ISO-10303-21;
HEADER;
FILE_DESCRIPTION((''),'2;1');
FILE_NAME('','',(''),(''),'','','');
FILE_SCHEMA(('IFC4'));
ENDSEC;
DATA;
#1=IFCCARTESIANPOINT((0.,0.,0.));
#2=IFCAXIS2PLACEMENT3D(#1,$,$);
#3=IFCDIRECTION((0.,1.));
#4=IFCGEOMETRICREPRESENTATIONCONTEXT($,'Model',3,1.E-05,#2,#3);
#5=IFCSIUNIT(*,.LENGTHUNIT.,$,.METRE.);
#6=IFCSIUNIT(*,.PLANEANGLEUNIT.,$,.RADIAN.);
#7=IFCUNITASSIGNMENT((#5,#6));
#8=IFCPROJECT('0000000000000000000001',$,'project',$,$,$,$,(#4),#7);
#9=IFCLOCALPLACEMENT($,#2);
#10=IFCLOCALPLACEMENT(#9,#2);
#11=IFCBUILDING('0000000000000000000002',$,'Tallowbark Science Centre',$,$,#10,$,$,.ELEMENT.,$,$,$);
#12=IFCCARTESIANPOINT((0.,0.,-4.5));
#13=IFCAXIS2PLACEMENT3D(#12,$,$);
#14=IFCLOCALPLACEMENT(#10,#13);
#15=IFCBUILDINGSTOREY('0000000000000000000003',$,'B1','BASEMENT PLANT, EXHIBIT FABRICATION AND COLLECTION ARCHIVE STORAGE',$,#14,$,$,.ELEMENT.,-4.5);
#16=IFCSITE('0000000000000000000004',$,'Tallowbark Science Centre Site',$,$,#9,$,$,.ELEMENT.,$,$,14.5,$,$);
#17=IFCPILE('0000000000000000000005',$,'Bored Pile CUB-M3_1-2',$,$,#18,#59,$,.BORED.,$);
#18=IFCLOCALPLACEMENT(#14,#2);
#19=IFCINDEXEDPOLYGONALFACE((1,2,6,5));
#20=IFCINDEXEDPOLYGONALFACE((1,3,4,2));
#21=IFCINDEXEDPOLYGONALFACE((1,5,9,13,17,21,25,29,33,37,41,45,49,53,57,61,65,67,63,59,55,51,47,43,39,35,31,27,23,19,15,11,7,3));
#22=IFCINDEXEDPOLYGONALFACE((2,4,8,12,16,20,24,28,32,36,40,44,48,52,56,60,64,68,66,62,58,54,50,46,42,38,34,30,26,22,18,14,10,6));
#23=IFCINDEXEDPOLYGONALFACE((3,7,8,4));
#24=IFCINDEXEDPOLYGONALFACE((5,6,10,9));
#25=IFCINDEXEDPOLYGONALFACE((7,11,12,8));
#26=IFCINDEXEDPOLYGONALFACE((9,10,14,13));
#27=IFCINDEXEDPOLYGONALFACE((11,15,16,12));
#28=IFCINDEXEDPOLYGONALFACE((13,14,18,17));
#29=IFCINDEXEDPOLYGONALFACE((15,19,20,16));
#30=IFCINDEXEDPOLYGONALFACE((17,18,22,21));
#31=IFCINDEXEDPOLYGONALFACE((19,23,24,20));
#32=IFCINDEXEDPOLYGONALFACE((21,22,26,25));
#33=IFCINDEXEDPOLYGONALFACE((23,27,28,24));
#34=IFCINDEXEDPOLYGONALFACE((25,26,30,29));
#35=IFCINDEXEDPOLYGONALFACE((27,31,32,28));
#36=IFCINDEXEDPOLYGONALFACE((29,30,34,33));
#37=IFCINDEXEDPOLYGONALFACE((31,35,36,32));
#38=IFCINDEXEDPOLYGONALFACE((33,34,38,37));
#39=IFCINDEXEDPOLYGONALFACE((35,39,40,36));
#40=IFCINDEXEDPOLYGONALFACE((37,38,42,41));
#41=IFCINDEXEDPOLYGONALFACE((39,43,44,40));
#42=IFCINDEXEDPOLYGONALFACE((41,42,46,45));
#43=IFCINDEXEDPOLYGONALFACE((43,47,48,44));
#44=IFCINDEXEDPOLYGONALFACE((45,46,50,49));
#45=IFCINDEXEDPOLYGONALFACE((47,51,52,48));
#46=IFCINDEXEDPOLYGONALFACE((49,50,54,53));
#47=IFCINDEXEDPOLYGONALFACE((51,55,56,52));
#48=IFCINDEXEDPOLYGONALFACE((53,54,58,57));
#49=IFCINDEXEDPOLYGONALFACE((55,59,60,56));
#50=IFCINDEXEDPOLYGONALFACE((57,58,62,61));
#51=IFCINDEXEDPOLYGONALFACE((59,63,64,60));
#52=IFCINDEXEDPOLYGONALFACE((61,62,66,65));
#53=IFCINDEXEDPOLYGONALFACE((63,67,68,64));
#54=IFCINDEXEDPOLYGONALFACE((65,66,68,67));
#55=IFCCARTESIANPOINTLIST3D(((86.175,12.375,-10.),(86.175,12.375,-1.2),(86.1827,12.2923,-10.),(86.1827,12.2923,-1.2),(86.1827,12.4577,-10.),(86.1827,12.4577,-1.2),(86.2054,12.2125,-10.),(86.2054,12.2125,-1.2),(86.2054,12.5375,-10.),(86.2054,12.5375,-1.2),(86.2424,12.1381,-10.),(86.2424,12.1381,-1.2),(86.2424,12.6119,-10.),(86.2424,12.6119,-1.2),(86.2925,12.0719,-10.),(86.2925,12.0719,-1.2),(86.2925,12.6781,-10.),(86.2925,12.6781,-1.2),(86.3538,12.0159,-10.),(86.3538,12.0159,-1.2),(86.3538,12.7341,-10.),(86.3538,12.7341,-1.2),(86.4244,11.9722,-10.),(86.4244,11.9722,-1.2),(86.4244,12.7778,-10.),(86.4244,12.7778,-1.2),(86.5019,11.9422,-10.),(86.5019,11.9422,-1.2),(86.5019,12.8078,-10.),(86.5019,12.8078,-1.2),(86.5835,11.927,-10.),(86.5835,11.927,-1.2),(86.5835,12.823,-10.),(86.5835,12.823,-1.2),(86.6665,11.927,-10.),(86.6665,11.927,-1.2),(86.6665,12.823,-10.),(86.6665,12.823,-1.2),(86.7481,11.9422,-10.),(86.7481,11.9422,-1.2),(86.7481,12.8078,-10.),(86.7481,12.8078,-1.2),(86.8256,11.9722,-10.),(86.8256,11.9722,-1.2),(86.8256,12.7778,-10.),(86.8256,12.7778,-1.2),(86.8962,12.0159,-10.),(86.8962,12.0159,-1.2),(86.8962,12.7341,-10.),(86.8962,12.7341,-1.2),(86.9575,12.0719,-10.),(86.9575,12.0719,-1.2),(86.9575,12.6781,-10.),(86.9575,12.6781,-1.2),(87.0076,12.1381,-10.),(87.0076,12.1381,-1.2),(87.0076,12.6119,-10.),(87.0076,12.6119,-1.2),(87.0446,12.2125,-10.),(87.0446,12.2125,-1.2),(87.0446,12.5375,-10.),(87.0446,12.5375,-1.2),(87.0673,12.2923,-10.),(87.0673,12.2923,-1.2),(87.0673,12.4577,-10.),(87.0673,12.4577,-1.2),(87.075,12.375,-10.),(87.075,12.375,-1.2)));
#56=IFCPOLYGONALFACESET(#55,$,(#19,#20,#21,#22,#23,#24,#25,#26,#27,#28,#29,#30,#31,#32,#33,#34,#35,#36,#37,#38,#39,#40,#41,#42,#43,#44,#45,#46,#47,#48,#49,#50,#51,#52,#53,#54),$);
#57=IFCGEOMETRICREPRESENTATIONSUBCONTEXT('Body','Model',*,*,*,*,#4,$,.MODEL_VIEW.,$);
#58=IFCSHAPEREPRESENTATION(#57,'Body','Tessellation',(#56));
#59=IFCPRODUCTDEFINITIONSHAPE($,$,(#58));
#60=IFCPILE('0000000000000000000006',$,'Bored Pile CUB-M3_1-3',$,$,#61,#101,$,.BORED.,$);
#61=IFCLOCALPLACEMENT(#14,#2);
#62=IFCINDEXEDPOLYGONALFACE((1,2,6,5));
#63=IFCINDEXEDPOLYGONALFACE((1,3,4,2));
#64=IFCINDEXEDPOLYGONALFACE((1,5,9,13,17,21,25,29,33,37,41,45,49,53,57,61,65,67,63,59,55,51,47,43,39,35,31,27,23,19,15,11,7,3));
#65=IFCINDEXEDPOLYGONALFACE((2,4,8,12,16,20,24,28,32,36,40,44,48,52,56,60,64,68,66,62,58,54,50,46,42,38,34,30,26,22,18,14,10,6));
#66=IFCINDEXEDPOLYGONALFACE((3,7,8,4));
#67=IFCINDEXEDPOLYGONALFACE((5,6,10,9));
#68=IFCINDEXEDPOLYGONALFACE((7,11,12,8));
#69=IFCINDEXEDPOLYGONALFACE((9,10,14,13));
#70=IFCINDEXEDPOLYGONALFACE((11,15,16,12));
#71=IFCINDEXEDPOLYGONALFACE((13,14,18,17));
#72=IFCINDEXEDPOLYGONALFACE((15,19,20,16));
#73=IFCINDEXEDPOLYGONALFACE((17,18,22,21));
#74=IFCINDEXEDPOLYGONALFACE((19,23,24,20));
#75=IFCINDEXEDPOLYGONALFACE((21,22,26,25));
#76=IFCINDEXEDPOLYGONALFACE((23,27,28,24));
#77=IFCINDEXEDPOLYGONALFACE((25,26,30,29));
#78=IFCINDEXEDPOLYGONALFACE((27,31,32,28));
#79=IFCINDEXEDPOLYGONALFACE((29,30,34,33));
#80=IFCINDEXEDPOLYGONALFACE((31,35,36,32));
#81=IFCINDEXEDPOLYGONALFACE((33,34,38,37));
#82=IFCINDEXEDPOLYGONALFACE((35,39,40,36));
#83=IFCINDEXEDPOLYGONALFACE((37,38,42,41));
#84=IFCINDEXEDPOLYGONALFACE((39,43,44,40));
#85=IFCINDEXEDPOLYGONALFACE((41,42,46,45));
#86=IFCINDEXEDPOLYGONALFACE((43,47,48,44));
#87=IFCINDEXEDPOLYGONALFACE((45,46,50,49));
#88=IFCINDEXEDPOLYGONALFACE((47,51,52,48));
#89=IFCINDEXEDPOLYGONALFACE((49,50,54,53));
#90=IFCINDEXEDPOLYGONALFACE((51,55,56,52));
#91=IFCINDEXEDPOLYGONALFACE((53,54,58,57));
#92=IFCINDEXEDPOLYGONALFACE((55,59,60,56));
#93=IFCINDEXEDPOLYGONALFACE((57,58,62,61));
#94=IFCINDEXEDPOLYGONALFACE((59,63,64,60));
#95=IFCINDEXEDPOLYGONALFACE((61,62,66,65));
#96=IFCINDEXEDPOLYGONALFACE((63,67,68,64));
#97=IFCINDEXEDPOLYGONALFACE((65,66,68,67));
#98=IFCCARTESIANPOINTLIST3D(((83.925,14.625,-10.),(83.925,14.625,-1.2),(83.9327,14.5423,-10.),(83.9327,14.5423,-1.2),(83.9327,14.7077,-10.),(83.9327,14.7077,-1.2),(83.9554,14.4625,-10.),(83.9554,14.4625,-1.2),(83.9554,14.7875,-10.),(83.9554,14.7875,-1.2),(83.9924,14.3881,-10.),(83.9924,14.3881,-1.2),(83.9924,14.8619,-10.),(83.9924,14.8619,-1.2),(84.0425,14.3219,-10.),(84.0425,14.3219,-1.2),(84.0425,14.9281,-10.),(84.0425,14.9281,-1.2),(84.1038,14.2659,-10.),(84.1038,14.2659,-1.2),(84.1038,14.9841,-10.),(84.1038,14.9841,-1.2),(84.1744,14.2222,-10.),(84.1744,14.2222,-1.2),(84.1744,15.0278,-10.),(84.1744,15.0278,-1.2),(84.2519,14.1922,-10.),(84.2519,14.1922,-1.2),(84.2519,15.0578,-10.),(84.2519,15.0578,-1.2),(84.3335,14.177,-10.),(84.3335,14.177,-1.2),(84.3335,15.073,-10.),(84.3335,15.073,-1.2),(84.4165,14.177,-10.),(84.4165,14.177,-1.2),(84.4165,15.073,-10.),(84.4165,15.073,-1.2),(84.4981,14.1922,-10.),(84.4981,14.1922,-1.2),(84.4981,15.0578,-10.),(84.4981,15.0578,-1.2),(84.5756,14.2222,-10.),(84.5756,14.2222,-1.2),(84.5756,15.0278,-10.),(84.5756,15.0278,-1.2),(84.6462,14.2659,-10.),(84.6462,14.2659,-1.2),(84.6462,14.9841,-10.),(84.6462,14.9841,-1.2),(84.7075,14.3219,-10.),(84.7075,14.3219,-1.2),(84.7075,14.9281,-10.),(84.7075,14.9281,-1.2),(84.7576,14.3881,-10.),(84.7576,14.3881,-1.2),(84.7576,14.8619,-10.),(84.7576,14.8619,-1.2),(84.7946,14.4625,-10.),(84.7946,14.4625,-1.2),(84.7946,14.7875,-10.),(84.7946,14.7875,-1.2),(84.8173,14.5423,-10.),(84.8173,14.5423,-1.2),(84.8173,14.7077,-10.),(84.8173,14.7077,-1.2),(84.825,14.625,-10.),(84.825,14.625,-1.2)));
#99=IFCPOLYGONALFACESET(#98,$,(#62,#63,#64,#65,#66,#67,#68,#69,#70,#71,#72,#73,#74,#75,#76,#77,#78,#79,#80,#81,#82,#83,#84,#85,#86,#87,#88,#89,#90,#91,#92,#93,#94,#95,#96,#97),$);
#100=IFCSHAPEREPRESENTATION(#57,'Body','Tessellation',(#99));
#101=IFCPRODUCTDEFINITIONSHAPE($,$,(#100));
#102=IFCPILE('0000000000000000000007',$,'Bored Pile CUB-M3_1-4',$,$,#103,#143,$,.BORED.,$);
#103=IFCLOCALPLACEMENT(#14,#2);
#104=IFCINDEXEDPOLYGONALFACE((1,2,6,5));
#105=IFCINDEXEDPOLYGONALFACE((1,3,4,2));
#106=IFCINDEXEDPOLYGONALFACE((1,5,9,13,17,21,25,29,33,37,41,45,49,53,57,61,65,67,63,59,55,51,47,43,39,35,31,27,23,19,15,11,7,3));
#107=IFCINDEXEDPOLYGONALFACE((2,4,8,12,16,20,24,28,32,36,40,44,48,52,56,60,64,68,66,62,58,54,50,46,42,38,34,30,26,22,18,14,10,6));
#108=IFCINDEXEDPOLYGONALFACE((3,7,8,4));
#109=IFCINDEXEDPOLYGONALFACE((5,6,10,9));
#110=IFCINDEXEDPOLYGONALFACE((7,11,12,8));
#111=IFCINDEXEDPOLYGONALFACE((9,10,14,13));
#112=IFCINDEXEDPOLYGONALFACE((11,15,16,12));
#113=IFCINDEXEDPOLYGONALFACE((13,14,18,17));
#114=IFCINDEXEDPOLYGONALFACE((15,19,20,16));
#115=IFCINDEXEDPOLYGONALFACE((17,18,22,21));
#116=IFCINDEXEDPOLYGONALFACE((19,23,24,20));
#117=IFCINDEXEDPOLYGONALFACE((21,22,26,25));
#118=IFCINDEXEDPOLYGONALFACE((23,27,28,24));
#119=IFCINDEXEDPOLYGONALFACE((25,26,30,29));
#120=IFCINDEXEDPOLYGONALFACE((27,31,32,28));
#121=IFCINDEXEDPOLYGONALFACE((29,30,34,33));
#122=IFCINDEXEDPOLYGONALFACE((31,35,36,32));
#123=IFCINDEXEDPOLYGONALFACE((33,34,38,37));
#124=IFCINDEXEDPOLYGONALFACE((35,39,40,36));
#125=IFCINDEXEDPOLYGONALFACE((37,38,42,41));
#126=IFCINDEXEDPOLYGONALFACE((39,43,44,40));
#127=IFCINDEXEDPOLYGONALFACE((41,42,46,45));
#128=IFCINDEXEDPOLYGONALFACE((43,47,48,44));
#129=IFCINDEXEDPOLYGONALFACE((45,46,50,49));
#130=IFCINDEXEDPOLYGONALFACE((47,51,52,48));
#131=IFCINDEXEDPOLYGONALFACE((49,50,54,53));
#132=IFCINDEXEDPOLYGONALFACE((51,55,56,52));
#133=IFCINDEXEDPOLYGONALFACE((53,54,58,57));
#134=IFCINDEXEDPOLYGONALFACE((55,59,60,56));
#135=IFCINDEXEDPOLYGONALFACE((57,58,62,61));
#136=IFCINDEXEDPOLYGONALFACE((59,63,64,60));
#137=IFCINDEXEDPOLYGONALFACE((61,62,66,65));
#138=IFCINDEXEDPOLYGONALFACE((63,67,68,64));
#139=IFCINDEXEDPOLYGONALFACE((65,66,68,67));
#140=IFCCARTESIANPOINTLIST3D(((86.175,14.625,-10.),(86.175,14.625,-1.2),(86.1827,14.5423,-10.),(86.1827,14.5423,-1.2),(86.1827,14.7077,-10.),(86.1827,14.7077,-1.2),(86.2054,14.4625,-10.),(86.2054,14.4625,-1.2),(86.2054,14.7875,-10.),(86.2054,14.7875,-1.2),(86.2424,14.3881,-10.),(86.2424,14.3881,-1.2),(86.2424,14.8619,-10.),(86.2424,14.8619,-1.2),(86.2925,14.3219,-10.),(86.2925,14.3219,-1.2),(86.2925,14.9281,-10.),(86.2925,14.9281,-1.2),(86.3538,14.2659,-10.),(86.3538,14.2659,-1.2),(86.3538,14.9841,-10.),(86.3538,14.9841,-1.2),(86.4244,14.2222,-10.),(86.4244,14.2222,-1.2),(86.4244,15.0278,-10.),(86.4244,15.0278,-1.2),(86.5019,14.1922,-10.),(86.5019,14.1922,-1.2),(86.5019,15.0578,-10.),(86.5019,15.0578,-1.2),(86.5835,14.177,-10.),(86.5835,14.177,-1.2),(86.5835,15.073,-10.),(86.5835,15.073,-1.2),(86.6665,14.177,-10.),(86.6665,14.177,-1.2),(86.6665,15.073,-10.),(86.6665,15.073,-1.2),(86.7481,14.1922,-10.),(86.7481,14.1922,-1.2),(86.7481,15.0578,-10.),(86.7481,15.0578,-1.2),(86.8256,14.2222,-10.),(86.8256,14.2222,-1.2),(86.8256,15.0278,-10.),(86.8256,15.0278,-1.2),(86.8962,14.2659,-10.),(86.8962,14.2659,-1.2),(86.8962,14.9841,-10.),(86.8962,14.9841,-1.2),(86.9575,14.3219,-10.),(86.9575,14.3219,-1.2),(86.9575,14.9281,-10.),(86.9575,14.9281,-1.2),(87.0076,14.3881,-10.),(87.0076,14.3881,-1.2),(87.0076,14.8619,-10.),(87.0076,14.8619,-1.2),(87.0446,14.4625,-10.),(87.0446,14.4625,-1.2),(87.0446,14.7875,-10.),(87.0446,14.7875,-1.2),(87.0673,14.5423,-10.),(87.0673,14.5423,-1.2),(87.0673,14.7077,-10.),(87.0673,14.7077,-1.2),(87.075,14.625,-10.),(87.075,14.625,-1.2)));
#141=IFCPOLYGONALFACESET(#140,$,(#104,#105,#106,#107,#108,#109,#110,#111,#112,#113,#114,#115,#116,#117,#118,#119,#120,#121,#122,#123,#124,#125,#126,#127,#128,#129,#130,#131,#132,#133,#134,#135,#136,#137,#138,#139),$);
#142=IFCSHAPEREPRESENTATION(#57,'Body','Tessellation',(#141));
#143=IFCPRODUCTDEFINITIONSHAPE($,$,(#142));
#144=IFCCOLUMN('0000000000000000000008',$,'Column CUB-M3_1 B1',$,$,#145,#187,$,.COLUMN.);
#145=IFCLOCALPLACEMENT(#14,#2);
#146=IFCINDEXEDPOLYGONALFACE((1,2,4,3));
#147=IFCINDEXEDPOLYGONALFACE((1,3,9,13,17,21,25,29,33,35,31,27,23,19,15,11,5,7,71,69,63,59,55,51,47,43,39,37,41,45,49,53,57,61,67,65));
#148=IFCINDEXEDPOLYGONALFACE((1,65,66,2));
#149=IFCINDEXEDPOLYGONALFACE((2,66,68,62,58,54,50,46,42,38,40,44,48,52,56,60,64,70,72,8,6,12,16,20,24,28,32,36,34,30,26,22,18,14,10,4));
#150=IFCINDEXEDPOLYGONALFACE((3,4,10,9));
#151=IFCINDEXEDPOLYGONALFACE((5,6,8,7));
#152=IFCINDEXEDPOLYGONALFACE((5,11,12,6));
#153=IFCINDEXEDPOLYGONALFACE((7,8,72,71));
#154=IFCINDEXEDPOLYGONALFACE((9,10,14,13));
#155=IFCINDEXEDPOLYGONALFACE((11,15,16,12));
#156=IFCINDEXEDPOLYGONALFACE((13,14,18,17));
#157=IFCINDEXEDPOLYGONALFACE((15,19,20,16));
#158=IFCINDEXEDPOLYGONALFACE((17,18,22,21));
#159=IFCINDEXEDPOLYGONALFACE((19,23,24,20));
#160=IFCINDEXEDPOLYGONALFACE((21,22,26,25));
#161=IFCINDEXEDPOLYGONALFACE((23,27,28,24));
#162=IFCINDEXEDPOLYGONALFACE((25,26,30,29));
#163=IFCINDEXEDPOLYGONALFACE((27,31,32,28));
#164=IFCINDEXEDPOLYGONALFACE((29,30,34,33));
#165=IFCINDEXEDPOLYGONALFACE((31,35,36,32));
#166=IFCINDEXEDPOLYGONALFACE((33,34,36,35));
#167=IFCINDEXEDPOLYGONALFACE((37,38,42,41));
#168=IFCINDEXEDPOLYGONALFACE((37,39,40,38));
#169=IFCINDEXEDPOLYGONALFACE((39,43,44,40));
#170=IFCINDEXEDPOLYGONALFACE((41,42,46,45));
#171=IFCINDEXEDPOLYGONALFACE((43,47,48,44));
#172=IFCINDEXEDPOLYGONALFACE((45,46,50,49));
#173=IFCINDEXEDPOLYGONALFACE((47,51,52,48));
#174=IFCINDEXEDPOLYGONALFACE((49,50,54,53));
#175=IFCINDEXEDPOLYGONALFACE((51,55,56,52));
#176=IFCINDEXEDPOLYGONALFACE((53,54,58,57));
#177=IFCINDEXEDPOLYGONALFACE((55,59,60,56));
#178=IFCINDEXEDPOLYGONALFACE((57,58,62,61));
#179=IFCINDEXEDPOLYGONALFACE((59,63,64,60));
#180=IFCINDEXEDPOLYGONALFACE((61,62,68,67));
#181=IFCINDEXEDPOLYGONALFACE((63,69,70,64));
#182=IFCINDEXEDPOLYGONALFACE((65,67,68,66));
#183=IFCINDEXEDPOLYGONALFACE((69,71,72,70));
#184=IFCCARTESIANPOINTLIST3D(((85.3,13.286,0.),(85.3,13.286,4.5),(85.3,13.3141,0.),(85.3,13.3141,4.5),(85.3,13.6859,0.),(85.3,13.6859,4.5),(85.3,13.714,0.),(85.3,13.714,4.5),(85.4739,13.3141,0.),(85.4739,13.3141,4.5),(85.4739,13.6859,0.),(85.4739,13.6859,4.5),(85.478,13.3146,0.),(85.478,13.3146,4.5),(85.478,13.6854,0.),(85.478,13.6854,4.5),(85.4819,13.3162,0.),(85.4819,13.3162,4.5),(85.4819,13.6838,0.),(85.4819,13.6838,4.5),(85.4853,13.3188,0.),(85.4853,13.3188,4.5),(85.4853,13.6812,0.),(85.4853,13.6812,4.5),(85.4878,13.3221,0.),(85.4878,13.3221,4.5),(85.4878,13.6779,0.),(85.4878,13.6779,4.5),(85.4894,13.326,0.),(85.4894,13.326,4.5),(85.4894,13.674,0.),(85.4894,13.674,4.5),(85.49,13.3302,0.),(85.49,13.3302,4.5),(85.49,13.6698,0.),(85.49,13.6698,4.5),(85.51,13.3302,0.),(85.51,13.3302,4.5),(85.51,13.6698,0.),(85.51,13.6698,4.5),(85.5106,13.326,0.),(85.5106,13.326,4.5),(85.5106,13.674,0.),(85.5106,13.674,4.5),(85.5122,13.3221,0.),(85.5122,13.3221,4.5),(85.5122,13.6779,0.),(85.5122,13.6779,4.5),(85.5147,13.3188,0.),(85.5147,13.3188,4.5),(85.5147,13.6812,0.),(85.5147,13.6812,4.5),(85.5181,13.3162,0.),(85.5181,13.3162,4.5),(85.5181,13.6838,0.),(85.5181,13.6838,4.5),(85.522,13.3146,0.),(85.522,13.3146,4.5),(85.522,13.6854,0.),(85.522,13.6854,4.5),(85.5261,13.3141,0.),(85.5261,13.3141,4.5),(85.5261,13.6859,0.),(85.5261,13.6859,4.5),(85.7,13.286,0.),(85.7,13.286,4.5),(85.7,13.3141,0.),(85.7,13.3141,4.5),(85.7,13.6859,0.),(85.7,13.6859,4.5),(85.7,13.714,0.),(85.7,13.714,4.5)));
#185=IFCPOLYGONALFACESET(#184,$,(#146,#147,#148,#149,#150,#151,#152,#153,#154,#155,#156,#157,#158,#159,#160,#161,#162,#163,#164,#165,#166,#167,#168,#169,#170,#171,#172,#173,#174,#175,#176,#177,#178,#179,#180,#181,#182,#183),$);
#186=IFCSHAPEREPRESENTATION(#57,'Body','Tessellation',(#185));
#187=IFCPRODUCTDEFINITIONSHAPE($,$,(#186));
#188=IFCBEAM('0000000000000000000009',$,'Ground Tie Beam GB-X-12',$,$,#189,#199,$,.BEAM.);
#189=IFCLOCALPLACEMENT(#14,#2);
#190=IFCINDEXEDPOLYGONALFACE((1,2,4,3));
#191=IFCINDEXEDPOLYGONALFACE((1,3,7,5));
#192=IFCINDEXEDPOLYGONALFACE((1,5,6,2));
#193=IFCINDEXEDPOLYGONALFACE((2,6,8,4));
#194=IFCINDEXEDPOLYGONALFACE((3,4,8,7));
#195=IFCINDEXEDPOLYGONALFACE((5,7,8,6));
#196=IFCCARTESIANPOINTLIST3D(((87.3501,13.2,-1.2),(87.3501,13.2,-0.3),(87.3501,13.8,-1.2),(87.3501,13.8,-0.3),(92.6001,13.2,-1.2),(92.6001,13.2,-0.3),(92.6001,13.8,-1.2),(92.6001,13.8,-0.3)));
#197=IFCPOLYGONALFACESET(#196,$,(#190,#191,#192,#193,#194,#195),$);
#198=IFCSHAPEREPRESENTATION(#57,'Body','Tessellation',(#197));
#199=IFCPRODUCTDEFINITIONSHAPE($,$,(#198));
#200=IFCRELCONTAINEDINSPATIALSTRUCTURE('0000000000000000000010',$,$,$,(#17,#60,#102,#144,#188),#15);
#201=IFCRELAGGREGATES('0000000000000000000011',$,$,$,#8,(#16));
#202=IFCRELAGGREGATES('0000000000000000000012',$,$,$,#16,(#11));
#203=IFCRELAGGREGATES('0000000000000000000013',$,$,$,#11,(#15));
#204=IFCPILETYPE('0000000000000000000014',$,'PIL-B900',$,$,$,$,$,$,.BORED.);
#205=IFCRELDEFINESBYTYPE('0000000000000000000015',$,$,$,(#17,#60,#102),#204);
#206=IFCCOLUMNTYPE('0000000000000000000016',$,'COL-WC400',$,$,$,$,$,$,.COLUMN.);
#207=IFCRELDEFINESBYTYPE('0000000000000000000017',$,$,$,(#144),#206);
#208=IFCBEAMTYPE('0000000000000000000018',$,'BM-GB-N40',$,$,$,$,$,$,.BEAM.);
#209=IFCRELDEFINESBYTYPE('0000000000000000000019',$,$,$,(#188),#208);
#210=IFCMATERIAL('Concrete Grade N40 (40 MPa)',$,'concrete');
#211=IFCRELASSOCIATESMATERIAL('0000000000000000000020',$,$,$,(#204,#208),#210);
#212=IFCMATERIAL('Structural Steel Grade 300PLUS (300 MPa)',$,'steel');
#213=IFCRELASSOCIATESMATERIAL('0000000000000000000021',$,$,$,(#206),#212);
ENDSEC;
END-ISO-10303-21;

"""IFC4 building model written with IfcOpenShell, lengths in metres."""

from ifc_helpers import new_model, si_unit, direction, frame, origin, origin_2d, place, context, subcontext, project, spatial, rectangle, circle, i_section, extrude, material, material_profile, profile_set, type_object, element, save


model = new_model("IFC4")

# Units and contexts
model_context = context("Model", 3, precision=1e-05, world=origin(), true_north=direction((0.0, 1.0)))
body_context = subcontext(model_context, "Body", "Model", "MODEL_VIEW")
ifc_project = project(units=[si_unit("LENGTHUNIT", "METRE"), si_unit("PLANEANGLEUNIT", "RADIAN")], contexts=[model_context])

# Site, building, storey
site_placement = place(None, origin())
site = spatial("IfcSite", under=ifc_project, at=site_placement, Name="Tallowbark Science Centre Site", CompositionType="ELEMENT", RefElevation=14.5)
building_placement = place(site_placement, origin())
building = spatial("IfcBuilding", under=site, at=building_placement, Name="Tallowbark Science Centre", CompositionType="ELEMENT")
storey_placement = place(building_placement, frame((0.0, 0.0, -4.5)))
storey = spatial("IfcBuildingStorey", under=building, at=storey_placement, Name="B1", Description="BASEMENT PLANT, EXHIBIT FABRICATION AND COLLECTION ARCHIVE STORAGE", CompositionType="ELEMENT", Elevation=-4.5)

# Shared definitions
ifc_material_1 = material(Name="Concrete Grade N40 (40 MPa)", Category="concrete")

# Piles
ifc_material_profile_1 = material_profile(ifc_material_1, circle(Radius=0.45, at=origin_2d()), Name="PILE900")
ifc_profile_set_1 = profile_set([ifc_material_profile_1], Name="Concrete Grade N40 (40 MPa)")
pile_type_1 = type_object("IfcPileType", Name="PIL-B900", PredefinedType="BORED", material=ifc_profile_set_1)
for number, where, z_axis, x_axis, name in (
    (1, (86.625, 12.375, -1.2), (0.0, 0.0, -1.0), (1.0, 0.0, 0.0), "Bored Pile CUB-M3_1-2"),
    (2, (84.375, 14.625, -1.2), (0.0, 0.0, -1.0), (1.0, 0.0, 0.0), "Bored Pile CUB-M3_1-3"),
    (3, (86.625, 14.625, -1.2), (0.0, 0.0, -1.0), (1.0, 0.0, 0.0), "Bored Pile CUB-M3_1-4"),
):
    element("IfcPile", number, at=place(storey_placement, frame(where, z_axis=z_axis, x_axis=x_axis)), inside=storey, type_object=pile_type_1, Name=name, PredefinedType="BORED", context=body_context, shape_type="SweptSolid", body=[
        extrude(circle(Radius=0.45, at=origin_2d()), origin(), (0.0, 0.0, 1.0), 8.8),
    ])

# Column
ifc_material_2 = material(Name="Structural Steel Grade 300PLUS (300 MPa)", Category="steel")
ifc_material_profile_2 = material_profile(ifc_material_2, i_section(OverallWidth=0.3999, OverallDepth=0.428, WebThickness=0.02, FlangeThickness=0.0281, FilletRadius=0.0161, at=origin_2d()), Name="400WC270")
ifc_profile_set_2 = profile_set([ifc_material_profile_2], Name="Structural Steel Grade 300PLUS (300 MPa)")
column_type = type_object("IfcColumnType", Name="COL-WC400", PredefinedType="COLUMN", material=ifc_profile_set_2)
column_placement = place(storey_placement, frame((85.5, 13.5, 0.0), z_axis=(0.0, 0.0, 1.0), x_axis=(1.0, 0.0, 0.0)))
element("IfcColumn", 4, at=column_placement, inside=storey, type_object=column_type, Name="Column CUB-M3_1 B1", PredefinedType="COLUMN", context=body_context, shape_type="SweptSolid", body=[
    extrude(i_section(OverallWidth=0.3999, OverallDepth=0.428, WebThickness=0.02, FlangeThickness=0.0281, FilletRadius=0.0161, at=origin_2d()), origin(), (0.0, 0.0, 1.0), 4.5),
])

# Beam
ifc_material_profile_3 = material_profile(ifc_material_1, rectangle(XDim=0.6001, YDim=0.8999, at=origin_2d()), Name="RC600x900")
ifc_profile_set_3 = profile_set([ifc_material_profile_3], Name="Concrete Grade N40 (40 MPa)")
beam_type = type_object("IfcBeamType", Name="BM-GB-N40", PredefinedType="BEAM", material=ifc_profile_set_3)
beam_1_placement = place(storey_placement, frame((87.3501, 13.5, -0.75), z_axis=(1.0, 0.0, 0.0), x_axis=(0.0, 1.0, 0.0)))
element("IfcBeam", 5, at=beam_1_placement, inside=storey, type_object=beam_type, Name="Ground Tie Beam GB-X-12", PredefinedType="BEAM", context=body_context, shape_type="SweptSolid", body=[
    extrude(rectangle(XDim=0.6001, YDim=0.8999, at=origin_2d()), origin(), (0.0, 0.0, 1.0), 5.25),
])

save(model, "model.ifc")
